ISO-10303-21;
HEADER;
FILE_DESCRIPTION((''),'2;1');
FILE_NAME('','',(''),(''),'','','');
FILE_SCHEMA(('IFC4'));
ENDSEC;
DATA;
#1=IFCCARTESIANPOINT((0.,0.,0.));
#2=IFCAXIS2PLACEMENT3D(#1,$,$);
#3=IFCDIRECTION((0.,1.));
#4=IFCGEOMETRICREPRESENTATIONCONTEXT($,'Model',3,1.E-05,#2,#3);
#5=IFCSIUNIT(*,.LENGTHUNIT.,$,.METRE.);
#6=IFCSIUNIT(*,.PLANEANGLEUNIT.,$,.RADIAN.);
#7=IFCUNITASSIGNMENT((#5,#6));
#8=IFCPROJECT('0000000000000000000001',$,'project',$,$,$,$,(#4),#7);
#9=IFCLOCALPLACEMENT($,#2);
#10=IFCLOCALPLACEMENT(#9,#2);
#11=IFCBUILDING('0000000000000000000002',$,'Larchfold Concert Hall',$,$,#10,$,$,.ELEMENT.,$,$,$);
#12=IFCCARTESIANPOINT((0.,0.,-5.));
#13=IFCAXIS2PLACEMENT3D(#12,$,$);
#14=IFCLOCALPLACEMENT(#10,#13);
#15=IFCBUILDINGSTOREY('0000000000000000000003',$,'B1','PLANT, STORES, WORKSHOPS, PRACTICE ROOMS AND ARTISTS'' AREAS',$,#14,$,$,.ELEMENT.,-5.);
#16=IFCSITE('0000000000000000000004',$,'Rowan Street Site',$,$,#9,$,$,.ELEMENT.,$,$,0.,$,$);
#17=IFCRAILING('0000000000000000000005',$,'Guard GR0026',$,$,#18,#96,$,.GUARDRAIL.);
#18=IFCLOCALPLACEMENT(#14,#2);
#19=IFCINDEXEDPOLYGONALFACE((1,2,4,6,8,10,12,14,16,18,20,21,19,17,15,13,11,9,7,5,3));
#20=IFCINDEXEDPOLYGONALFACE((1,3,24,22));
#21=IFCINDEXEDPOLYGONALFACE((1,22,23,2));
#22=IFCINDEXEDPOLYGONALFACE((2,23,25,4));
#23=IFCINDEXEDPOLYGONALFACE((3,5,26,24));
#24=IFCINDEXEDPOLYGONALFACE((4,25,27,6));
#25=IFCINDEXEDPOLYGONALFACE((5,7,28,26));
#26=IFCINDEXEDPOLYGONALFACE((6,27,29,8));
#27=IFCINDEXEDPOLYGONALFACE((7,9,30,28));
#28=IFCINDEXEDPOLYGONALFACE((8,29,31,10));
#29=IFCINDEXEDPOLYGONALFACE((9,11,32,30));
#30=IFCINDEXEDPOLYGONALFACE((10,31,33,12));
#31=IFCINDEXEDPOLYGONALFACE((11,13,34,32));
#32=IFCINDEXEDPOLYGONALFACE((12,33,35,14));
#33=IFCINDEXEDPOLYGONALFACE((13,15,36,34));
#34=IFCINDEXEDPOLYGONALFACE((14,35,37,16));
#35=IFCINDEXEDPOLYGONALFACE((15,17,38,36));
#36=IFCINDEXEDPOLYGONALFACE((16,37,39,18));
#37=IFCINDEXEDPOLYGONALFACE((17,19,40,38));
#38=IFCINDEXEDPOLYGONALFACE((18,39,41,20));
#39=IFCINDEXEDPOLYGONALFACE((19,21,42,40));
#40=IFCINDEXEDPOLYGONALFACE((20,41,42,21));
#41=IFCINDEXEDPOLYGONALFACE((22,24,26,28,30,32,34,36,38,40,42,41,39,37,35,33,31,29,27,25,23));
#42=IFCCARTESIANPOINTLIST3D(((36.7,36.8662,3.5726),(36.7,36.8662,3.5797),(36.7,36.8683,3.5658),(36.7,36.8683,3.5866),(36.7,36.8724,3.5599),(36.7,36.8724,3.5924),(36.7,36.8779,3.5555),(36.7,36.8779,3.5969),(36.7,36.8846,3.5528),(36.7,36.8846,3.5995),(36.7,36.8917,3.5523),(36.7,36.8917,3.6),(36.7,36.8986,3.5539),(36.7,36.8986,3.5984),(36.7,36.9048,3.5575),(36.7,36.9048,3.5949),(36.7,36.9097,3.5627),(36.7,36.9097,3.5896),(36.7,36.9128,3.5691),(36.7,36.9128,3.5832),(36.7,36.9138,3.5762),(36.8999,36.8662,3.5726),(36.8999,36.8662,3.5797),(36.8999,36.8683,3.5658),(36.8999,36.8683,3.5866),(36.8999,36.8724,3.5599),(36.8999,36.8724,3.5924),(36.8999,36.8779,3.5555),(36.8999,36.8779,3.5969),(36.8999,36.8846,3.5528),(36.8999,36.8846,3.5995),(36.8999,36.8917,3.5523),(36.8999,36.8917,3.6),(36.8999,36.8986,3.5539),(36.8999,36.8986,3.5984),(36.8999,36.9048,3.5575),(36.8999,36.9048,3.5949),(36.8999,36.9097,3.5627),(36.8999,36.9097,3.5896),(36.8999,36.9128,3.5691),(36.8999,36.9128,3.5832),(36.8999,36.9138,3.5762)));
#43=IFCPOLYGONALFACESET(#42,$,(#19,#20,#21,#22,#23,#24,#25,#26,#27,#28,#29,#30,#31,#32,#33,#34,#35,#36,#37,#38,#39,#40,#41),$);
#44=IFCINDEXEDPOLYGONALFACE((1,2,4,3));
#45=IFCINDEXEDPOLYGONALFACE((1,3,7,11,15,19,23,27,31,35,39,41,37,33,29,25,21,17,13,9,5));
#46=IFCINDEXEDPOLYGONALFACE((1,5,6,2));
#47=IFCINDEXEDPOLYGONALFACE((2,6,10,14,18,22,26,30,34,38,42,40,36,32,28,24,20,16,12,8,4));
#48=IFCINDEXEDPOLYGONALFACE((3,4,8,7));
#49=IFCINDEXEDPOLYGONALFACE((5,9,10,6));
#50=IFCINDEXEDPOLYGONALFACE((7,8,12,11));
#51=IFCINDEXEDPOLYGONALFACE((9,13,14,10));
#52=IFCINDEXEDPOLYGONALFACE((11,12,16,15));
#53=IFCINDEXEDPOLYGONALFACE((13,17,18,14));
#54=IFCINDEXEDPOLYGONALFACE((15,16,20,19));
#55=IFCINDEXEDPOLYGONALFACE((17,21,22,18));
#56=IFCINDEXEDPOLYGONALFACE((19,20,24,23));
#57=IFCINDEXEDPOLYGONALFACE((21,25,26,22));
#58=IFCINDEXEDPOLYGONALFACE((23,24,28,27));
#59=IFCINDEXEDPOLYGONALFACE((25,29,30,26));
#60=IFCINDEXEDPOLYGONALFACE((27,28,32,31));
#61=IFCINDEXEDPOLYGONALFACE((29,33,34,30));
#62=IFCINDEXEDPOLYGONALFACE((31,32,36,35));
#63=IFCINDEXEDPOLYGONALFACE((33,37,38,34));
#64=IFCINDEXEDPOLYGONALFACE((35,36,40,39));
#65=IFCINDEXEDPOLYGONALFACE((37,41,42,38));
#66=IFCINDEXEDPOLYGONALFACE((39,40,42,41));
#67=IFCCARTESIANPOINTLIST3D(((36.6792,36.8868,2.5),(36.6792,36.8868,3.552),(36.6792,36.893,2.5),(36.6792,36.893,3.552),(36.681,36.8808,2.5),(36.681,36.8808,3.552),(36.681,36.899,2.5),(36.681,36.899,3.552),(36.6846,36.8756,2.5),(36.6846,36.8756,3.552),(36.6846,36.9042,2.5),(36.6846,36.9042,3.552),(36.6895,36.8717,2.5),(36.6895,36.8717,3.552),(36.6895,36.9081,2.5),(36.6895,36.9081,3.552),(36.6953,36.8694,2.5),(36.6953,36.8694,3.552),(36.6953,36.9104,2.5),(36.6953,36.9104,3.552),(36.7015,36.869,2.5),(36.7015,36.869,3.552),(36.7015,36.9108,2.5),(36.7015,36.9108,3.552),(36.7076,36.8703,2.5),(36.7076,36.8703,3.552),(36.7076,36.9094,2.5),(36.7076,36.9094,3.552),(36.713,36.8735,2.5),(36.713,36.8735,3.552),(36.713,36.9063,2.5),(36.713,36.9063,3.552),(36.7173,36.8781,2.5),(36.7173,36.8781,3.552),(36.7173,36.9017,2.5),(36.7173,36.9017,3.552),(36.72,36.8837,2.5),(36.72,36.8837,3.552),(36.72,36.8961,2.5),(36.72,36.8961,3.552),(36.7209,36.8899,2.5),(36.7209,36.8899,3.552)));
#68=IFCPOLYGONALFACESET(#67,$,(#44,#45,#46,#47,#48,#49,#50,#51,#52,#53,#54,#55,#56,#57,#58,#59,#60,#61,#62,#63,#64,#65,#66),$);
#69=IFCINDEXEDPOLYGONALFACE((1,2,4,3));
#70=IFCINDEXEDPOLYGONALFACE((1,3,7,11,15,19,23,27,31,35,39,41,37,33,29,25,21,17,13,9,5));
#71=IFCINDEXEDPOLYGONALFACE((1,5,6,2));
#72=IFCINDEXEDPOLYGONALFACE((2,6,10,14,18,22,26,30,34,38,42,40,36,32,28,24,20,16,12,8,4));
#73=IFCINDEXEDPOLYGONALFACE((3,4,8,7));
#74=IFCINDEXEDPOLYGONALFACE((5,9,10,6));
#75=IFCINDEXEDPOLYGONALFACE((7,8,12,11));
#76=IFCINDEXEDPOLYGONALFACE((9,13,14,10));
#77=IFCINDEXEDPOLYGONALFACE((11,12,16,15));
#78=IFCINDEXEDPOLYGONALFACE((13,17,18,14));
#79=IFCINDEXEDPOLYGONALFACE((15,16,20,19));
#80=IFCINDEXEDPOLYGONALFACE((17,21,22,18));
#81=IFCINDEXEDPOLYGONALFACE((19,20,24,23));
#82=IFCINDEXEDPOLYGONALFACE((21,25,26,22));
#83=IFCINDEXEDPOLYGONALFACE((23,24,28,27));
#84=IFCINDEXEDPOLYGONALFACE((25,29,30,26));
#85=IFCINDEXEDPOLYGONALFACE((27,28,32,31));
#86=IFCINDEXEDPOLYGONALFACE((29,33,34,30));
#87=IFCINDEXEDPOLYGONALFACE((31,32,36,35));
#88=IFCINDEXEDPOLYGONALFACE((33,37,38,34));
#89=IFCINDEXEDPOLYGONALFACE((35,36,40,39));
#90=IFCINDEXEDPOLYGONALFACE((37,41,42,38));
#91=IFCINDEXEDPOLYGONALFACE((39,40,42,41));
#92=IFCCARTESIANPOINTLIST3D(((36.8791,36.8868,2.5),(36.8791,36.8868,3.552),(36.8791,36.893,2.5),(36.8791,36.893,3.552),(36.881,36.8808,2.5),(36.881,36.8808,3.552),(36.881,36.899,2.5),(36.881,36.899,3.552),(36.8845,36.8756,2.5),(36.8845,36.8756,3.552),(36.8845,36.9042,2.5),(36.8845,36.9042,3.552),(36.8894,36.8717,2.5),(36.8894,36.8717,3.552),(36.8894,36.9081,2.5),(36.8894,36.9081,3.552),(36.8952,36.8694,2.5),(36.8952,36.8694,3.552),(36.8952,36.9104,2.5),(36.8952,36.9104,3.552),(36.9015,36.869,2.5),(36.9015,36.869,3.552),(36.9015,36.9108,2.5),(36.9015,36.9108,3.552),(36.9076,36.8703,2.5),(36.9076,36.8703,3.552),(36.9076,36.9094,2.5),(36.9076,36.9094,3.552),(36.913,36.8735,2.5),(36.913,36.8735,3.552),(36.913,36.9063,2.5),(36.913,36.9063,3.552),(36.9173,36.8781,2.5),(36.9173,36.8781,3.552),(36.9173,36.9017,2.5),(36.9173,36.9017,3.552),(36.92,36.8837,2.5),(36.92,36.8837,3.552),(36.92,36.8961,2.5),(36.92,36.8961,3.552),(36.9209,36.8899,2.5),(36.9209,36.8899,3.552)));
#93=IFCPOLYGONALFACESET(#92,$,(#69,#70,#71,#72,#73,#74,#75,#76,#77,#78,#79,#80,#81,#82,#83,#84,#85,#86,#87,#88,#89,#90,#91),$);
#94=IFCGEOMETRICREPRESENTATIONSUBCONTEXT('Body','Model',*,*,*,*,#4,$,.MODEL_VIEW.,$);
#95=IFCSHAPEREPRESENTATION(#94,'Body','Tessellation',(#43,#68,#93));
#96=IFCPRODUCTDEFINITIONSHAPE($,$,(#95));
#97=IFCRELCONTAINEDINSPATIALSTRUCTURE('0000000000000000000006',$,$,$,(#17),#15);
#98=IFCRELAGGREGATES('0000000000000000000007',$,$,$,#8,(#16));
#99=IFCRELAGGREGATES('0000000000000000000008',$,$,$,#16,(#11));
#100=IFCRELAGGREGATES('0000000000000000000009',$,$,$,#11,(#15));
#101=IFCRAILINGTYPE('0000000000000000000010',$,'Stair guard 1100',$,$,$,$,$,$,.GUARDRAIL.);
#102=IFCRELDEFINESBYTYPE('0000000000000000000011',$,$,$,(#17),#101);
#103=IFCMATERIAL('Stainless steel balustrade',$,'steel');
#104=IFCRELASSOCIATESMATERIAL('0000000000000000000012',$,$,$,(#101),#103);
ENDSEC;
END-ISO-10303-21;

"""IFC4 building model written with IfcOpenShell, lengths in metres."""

from ifc_helpers import new_model, si_unit, direction, frame, origin, origin_2d, place, context, subcontext, project, spatial, circle, extrude, material, type_object, element, save


model = new_model("IFC4")

# Units and contexts
model_context = context("Model", 3, precision=1e-05, world=origin(), true_north=direction((0.0, 1.0)))
body_context = subcontext(model_context, "Body", "Model", "MODEL_VIEW")
ifc_project = project(units=[si_unit("LENGTHUNIT", "METRE"), si_unit("PLANEANGLEUNIT", "RADIAN")], contexts=[model_context])

# Site, building, storey
site_placement = place(None, origin())
site = spatial("IfcSite", under=ifc_project, at=site_placement, Name="Rowan Street Site", CompositionType="ELEMENT", RefElevation=0.0)
building_placement = place(site_placement, origin())
building = spatial("IfcBuilding", under=site, at=building_placement, Name="Larchfold Concert Hall", CompositionType="ELEMENT")
storey_placement = place(building_placement, frame((0.0, 0.0, -5.0)))
storey = spatial("IfcBuildingStorey", under=building, at=storey_placement, Name="B1", Description="PLANT, STORES, WORKSHOPS, PRACTICE ROOMS AND ARTISTS' AREAS", CompositionType="ELEMENT", Elevation=-5.0)

# Railing
ifc_material_1 = material(Name="Stainless steel balustrade", Category="steel")
railing_type_1 = type_object("IfcRailingType", Name="Stair guard 1100", PredefinedType="GUARDRAIL", material=ifc_material_1)
railing_1_placement = place(storey_placement, frame((36.7, 36.8899, 2.5)))
element("IfcRailing", 1, at=railing_1_placement, inside=storey, type_object=railing_type_1, Name="Guard GR0026", PredefinedType="GUARDRAIL", context=body_context, shape_type="SweptSolid", body=[
    extrude(circle(Radius=0.0239, at=origin_2d()), frame((0.0, 0.0, 1.0762), z_axis=(1.0, 0.0, 0.0), x_axis=(0.0, 1.0, 0.0)), (0.0, 0.0, 1.0), 0.2),
    extrude(circle(Radius=0.021, at=origin_2d()), origin(), (0.0, 0.0, 1.0), 1.052),
    extrude(circle(Radius=0.021, at=origin_2d()), frame((0.2, 0.0, 0.0)), (0.0, 0.0, 1.0), 1.052),
])

save(model, "model.ifc")
